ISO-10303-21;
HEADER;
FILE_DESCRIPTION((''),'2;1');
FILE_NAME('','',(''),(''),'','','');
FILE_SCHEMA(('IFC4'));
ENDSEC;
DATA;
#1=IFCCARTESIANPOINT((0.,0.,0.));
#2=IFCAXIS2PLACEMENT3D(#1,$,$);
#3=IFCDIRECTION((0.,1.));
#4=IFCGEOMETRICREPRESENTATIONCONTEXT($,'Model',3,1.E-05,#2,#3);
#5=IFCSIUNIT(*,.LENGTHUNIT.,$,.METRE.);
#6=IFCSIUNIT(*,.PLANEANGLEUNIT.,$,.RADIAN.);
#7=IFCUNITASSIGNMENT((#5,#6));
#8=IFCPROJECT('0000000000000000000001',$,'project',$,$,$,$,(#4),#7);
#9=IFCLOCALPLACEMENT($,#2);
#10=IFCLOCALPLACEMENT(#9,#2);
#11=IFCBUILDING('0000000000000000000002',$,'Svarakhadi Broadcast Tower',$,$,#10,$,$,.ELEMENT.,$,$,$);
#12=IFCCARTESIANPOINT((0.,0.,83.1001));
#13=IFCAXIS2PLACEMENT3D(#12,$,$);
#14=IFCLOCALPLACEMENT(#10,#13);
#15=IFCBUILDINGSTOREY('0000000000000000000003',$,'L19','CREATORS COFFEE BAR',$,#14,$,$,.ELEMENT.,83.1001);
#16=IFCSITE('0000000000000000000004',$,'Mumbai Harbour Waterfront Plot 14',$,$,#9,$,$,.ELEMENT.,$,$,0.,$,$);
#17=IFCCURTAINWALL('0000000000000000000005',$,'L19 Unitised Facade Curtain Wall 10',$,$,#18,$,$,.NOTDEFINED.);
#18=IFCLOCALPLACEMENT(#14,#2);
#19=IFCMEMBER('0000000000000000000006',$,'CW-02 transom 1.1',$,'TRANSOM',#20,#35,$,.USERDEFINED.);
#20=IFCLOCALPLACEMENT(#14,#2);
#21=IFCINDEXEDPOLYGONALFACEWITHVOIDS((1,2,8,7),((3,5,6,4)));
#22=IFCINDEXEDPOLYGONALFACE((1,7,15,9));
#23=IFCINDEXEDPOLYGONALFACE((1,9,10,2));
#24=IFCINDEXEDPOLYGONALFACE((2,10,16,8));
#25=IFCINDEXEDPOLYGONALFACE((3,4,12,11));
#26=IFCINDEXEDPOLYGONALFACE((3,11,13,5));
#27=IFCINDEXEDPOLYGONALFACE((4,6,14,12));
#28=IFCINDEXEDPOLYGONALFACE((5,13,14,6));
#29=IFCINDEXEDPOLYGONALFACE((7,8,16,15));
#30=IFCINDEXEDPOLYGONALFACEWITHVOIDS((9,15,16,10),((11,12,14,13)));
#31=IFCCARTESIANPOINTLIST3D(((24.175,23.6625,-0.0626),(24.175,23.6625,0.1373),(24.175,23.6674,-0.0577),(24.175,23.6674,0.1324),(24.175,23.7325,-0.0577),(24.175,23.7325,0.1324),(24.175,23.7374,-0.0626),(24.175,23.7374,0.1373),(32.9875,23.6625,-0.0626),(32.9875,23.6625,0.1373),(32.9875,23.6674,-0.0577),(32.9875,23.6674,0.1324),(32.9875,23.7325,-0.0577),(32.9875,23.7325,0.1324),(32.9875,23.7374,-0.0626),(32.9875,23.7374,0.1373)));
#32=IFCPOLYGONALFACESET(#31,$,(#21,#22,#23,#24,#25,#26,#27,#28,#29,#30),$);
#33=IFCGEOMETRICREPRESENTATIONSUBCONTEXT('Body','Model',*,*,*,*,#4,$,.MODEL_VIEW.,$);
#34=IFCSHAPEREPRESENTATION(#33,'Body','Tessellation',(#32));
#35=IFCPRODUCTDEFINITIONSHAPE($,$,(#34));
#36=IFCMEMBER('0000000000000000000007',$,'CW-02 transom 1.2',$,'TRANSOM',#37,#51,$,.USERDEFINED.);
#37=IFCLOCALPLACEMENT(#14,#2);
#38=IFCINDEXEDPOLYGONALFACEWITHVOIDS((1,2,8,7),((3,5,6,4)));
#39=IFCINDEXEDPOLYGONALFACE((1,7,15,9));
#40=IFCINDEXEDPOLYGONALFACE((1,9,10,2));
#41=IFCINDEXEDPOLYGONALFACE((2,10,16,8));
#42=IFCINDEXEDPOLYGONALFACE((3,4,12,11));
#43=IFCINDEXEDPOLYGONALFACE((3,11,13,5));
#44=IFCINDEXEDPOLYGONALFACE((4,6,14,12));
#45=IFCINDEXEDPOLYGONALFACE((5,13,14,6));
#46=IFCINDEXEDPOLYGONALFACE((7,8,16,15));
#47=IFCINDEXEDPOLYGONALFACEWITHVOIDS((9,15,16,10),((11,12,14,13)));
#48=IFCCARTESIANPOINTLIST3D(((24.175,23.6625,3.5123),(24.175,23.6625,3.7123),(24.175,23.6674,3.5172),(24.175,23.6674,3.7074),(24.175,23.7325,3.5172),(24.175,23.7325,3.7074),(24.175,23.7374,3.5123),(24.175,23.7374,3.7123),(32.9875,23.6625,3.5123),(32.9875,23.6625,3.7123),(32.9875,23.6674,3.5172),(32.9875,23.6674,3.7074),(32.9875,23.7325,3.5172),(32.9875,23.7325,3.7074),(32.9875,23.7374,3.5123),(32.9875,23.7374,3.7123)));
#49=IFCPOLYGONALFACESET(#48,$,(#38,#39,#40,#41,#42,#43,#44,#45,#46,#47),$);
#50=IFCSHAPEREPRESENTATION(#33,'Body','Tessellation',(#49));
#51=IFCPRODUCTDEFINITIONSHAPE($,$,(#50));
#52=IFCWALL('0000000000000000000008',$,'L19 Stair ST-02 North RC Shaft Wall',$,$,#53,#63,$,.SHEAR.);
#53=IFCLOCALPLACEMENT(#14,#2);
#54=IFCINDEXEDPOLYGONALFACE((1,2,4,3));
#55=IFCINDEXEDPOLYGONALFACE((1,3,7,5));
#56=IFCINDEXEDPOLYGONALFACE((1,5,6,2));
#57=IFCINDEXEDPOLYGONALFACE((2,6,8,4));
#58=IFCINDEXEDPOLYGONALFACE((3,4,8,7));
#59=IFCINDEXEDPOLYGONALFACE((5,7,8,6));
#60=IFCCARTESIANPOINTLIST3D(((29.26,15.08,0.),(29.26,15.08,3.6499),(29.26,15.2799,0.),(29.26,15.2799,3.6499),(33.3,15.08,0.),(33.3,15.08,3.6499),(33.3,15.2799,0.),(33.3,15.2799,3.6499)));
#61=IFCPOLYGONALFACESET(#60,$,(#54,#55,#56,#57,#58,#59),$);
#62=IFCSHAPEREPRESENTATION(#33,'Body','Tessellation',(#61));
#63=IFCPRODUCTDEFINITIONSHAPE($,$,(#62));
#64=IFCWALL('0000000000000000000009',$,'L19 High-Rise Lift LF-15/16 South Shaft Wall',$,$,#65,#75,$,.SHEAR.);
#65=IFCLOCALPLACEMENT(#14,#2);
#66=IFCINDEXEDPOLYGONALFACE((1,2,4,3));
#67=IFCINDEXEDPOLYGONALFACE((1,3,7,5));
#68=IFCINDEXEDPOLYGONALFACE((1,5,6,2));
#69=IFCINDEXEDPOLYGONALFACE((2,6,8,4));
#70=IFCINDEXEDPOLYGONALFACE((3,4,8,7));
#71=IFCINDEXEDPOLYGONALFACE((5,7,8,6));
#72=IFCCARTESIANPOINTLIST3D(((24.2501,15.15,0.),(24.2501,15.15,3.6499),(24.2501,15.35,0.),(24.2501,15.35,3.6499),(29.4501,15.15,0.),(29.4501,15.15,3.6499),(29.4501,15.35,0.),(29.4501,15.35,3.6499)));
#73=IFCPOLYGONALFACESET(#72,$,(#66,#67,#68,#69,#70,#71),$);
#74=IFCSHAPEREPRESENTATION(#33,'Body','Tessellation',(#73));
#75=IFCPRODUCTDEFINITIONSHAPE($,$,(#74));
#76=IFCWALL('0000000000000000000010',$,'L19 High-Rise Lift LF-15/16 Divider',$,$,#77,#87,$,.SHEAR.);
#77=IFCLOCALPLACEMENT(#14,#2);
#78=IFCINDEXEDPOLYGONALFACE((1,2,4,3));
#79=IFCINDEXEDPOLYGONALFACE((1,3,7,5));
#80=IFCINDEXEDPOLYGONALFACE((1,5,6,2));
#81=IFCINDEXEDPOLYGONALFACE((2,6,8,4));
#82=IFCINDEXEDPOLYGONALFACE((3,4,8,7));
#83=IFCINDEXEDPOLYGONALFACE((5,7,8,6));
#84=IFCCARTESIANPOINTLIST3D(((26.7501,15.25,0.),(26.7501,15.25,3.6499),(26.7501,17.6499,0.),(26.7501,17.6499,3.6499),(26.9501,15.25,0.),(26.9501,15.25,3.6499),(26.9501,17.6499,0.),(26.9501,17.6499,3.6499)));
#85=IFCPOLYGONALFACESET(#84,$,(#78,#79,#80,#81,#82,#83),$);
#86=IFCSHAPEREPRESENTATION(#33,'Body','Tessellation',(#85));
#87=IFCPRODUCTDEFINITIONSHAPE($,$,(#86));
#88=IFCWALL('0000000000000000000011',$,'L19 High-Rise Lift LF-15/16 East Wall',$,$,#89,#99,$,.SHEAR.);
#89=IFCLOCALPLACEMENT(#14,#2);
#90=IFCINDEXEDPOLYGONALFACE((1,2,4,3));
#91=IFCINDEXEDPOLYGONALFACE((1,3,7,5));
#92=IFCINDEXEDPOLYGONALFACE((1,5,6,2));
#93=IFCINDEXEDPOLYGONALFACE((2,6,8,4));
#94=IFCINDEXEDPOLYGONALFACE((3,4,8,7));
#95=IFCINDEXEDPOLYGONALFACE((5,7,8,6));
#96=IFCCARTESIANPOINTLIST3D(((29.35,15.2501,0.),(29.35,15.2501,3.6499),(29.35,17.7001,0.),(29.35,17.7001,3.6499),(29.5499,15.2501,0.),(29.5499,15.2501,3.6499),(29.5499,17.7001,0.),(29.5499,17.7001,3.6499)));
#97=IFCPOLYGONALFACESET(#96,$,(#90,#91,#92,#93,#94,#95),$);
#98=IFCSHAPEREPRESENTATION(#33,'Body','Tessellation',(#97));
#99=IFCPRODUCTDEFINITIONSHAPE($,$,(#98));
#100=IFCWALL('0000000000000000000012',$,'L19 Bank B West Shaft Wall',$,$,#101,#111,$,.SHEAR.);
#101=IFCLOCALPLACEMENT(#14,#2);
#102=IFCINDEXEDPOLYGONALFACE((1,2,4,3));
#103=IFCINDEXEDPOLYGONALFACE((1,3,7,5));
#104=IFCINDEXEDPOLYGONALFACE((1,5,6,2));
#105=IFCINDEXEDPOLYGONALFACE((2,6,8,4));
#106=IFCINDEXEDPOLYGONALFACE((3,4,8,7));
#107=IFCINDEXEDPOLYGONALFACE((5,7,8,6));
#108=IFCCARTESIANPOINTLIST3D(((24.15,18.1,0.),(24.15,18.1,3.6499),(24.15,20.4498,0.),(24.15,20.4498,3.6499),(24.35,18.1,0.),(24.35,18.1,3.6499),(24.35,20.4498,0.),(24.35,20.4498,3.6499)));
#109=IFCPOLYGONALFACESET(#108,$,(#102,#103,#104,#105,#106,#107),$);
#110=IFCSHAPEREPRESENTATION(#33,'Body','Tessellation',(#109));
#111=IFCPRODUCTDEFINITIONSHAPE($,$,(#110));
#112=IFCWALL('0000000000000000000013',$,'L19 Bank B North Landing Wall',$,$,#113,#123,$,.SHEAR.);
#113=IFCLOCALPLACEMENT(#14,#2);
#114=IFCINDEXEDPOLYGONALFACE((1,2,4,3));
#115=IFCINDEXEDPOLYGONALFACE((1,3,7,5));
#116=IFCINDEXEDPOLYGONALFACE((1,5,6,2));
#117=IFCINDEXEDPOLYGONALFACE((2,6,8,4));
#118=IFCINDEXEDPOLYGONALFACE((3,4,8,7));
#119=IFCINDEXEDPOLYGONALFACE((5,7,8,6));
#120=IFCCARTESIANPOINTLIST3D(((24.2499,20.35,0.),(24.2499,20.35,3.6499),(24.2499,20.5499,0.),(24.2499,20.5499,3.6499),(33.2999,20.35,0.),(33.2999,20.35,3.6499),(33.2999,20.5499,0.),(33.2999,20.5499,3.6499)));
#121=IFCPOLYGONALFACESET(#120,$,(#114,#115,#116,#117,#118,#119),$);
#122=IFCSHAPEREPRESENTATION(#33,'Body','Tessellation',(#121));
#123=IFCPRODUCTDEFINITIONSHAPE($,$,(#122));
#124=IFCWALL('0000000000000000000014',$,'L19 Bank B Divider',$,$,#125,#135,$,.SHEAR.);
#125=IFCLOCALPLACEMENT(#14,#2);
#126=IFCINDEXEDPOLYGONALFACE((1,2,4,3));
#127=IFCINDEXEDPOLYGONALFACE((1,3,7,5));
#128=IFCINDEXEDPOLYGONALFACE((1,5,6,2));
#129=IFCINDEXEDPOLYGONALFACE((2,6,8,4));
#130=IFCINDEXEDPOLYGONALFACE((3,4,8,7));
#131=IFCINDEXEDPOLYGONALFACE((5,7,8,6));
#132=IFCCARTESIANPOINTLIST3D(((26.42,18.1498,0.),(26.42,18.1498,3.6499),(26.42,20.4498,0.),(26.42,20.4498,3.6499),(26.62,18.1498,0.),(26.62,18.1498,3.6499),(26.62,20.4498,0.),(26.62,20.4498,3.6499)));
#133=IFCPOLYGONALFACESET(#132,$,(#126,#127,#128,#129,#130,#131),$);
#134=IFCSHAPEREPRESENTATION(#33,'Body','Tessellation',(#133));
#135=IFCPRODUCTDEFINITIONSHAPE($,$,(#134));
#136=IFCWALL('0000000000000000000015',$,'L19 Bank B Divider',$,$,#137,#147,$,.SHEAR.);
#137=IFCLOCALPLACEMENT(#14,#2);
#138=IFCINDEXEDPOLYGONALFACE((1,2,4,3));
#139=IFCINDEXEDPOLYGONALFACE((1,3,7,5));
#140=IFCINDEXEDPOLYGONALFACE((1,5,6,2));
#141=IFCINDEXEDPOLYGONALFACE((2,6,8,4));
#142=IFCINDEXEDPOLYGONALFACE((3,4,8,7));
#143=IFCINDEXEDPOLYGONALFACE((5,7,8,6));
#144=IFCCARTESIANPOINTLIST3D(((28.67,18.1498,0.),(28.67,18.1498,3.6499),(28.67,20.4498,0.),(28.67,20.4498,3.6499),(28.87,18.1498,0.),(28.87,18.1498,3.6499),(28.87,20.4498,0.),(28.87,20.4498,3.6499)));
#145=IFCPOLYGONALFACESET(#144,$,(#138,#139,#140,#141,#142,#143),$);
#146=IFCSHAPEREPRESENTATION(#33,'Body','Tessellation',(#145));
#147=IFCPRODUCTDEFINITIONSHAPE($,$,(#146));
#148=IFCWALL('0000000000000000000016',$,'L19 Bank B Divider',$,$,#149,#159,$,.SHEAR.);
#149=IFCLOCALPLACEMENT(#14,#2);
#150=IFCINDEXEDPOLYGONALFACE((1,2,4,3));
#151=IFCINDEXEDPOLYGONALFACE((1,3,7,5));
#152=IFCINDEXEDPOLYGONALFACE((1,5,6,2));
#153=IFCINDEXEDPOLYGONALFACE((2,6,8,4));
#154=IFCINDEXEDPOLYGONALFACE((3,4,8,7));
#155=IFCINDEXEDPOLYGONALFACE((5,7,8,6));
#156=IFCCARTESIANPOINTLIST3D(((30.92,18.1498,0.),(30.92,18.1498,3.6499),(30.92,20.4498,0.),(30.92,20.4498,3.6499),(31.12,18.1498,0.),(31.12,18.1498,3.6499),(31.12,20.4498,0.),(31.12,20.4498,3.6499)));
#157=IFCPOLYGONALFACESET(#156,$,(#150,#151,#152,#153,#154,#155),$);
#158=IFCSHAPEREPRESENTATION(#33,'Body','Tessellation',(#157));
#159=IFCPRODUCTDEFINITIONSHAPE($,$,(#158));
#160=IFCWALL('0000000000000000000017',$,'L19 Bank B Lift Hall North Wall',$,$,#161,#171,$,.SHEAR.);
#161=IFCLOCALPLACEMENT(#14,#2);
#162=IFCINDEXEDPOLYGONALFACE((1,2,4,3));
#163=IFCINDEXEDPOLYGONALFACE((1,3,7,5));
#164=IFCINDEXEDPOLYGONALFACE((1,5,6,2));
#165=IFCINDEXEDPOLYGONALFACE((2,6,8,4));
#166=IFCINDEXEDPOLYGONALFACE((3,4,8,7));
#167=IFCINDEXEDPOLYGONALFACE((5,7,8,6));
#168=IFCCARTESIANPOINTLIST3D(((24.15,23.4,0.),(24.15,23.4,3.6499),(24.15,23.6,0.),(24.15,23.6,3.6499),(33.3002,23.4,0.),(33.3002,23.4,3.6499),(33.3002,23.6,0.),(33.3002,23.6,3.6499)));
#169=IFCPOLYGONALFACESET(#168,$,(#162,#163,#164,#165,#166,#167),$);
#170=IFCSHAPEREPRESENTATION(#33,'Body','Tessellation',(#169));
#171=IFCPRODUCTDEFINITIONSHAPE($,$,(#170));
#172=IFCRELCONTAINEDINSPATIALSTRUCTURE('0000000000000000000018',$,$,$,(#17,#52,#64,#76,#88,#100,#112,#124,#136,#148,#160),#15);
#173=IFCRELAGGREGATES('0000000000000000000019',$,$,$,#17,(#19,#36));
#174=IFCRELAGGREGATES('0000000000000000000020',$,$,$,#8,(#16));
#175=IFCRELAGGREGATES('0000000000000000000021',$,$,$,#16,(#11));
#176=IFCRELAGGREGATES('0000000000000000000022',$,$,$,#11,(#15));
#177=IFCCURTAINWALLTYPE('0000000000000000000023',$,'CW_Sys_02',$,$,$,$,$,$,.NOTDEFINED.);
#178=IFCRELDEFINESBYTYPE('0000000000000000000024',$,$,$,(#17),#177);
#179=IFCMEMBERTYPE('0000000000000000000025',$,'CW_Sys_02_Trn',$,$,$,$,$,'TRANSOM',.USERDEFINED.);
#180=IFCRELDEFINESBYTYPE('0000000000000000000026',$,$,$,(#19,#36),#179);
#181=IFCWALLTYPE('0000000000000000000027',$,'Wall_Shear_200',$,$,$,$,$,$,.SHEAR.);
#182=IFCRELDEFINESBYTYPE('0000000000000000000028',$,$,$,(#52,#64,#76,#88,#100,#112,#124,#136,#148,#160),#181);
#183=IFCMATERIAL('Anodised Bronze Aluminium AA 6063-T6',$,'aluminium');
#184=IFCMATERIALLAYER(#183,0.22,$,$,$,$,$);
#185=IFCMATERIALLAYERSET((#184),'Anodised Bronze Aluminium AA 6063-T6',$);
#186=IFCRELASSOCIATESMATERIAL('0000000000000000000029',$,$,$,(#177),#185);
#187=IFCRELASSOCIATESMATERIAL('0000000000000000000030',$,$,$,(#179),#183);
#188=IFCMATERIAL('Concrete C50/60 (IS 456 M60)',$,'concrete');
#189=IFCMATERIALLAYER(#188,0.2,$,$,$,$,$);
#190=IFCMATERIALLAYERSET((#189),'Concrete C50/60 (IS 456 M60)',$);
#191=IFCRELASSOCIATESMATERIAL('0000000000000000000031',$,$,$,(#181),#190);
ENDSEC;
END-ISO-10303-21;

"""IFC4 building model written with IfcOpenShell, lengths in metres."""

from ifc_helpers import new_model, si_unit, direction, frame, frame_2d, origin, origin_2d, place, context, subcontext, project, spatial, rectangle, hollow_rectangle, extrude, material, layer, layer_set, material_profile, profile_set, type_object, element, aggregate, save


model = new_model("IFC4")

# Units and contexts
model_context = context("Model", 3, precision=1e-05, world=origin(), true_north=direction((0.0, 1.0)))
body_context = subcontext(model_context, "Body", "Model", "MODEL_VIEW")
ifc_project = project(units=[si_unit("LENGTHUNIT", "METRE"), si_unit("PLANEANGLEUNIT", "RADIAN")], contexts=[model_context])

# Site, building, storey
site_placement = place(None, origin())
site = spatial("IfcSite", under=ifc_project, at=site_placement, Name="Mumbai Harbour Waterfront Plot 14", CompositionType="ELEMENT", RefElevation=0.0)
building_placement = place(site_placement, origin())
building = spatial("IfcBuilding", under=site, at=building_placement, Name="Svarakhadi Broadcast Tower", CompositionType="ELEMENT")
storey_placement = place(building_placement, frame((0.0, 0.0, 83.1001)))
storey = spatial("IfcBuildingStorey", under=building, at=storey_placement, Name="L19", Description="CREATORS COFFEE BAR", CompositionType="ELEMENT", Elevation=83.1001)

# Curtain wall, members
ifc_material_1 = material(Name="Anodised Bronze Aluminium AA 6063-T6", Category="aluminium")
ifc_layer_1 = layer(ifc_material_1, 0.22)
ifc_layer_set_1 = layer_set([ifc_layer_1], Name="Anodised Bronze Aluminium AA 6063-T6")
curtain_wall_type = type_object("IfcCurtainWallType", Name="CW_Sys_02", PredefinedType="NOTDEFINED", material=ifc_layer_set_1)
curtain_wall_placement = place(storey_placement, origin())
curtain_wall = element("IfcCurtainWall", 1, at=curtain_wall_placement, inside=storey, type_object=curtain_wall_type, Name="L19 Unitised Facade Curtain Wall 10", PredefinedType="NOTDEFINED")
ifc_material_profile = material_profile(ifc_material_1, hollow_rectangle(XDim=0.075, YDim=0.2, WallThickness=0.0049, at=origin_2d()), Name="ALU TRANSOM 200x75x5")
ifc_profile_set = profile_set([ifc_material_profile], Name="Anodised Bronze Aluminium AA 6063-T6")
member_type = type_object("IfcMemberType", Name="CW_Sys_02_Trn", ElementType="TRANSOM", PredefinedType="USERDEFINED", material=ifc_profile_set)
member_1_placement = place(storey_placement, frame((24.175, 23.7, 0.0374), z_axis=(1.0, 0.0, 0.0), x_axis=(0.0, 1.0, 0.0)))
member_1 = element("IfcMember", 2, at=member_1_placement, type_object=member_type, Name="CW-02 transom 1.1", ObjectType="TRANSOM", PredefinedType="USERDEFINED", context=body_context, shape_type="SweptSolid", body=[
    extrude(hollow_rectangle(XDim=0.075, YDim=0.2, WallThickness=0.0049, at=origin_2d()), origin(), (0.0, 0.0, 1.0), 8.8125),
])
member_2_placement = place(storey_placement, frame((24.175, 23.7, 3.6123), z_axis=(1.0, 0.0, 0.0), x_axis=(0.0, 1.0, 0.0)))
member_2 = element("IfcMember", 3, at=member_2_placement, type_object=member_type, Name="CW-02 transom 1.2", ObjectType="TRANSOM", PredefinedType="USERDEFINED", context=body_context, shape_type="SweptSolid", body=[
    extrude(hollow_rectangle(XDim=0.075, YDim=0.2, WallThickness=0.0049, at=origin_2d()), origin(), (0.0, 0.0, 1.0), 8.8125),
])
aggregate(curtain_wall, [member_1, member_2])

# Wall
ifc_material_2 = material(Name="Concrete C50/60 (IS 456 M60)", Category="concrete")
ifc_layer_2 = layer(ifc_material_2, 0.2)
ifc_layer_set_2 = layer_set([ifc_layer_2], Name="Concrete C50/60 (IS 456 M60)")
wall_type_1 = type_object("IfcWallType", Name="Wall_Shear_200", PredefinedType="SHEAR", material=ifc_layer_set_2)
wall_1_placement = place(storey_placement, frame((29.26, 15.1799, 0.0), z_axis=(0.0, 0.0, 1.0), x_axis=(1.0, 0.0, 0.0)))
element("IfcWall", 4, at=wall_1_placement, inside=storey, type_object=wall_type_1, Name="L19 Stair ST-02 North RC Shaft Wall", PredefinedType="SHEAR", context=body_context, shape_type="SweptSolid", body=[
    extrude(rectangle(XDim=4.04, YDim=0.2, at=frame_2d((2.02, 0.0))), origin(), (0.0, 0.0, 1.0), 3.6499),
])

# Walls
wall_2_placement = place(storey_placement, frame((24.25, 15.25, 0.0), z_axis=(0.0, 0.0, 1.0), x_axis=(1.0, 0.0, 0.0)))
element("IfcWall", 5, at=wall_2_placement, inside=storey, type_object=wall_type_1, Name="L19 High-Rise Lift LF-15/16 South Shaft Wall", PredefinedType="SHEAR", context=body_context, shape_type="SweptSolid", body=[
    extrude(rectangle(XDim=5.2, YDim=0.2, at=frame_2d((2.6001, 0.0))), origin(), (0.0, 0.0, 1.0), 3.6499),
])
wall_3_placement = place(storey_placement, frame((26.8501, 15.25, 0.0), z_axis=(0.0, 0.0, 1.0), x_axis=(0.0, 1.0, 0.0)))
element("IfcWall", 6, at=wall_3_placement, inside=storey, type_object=wall_type_1, Name="L19 High-Rise Lift LF-15/16 Divider", PredefinedType="SHEAR", context=body_context, shape_type="SweptSolid", body=[
    extrude(rectangle(XDim=2.3999, YDim=0.2, at=frame_2d((1.2, 0.0))), origin(), (0.0, 0.0, 1.0), 3.6499),
])
wall_4_placement = place(storey_placement, frame((29.45, 15.25, 0.0), z_axis=(0.0, 0.0, 1.0), x_axis=(0.0, 1.0, 0.0)))
element("IfcWall", 7, at=wall_4_placement, inside=storey, type_object=wall_type_1, Name="L19 High-Rise Lift LF-15/16 East Wall", PredefinedType="SHEAR", context=body_context, shape_type="SweptSolid", body=[
    extrude(rectangle(XDim=2.45, YDim=0.2, at=frame_2d((1.2251, 0.0))), origin(), (0.0, 0.0, 1.0), 3.6499),
])
wall_5_placement = place(storey_placement, frame((24.25, 18.1001, 0.0), z_axis=(0.0, 0.0, 1.0), x_axis=(0.0, 1.0, 0.0)))
element("IfcWall", 8, at=wall_5_placement, inside=storey, type_object=wall_type_1, Name="L19 Bank B West Shaft Wall", PredefinedType="SHEAR", context=body_context, shape_type="SweptSolid", body=[
    extrude(rectangle(XDim=2.3499, YDim=0.2, at=frame_2d((1.1748, 0.0))), origin(), (0.0, 0.0, 1.0), 3.6499),
])
wall_6_placement = place(storey_placement, frame((24.25, 20.45, 0.0), z_axis=(0.0, 0.0, 1.0), x_axis=(1.0, 0.0, 0.0)))
element("IfcWall", 9, at=wall_6_placement, inside=storey, type_object=wall_type_1, Name="L19 Bank B North Landing Wall", PredefinedType="SHEAR", context=body_context, shape_type="SweptSolid", body=[
    extrude(rectangle(XDim=9.05, YDim=0.2, at=frame_2d((4.5249, 0.0))), origin(), (0.0, 0.0, 1.0), 3.6499),
])
for number, where, z_axis, x_axis, name in (
    (10, (26.52, 18.1499, 0.0), (0.0, 0.0, 1.0), (0.0, 1.0, 0.0), "L19 Bank B Divider"),
    (11, (28.77, 18.1499, 0.0), (0.0, 0.0, 1.0), (0.0, 1.0, 0.0), "L19 Bank B Divider"),
    (12, (31.02, 18.1499, 0.0), (0.0, 0.0, 1.0), (0.0, 1.0, 0.0), "L19 Bank B Divider"),
):
    element("IfcWall", number, at=place(storey_placement, frame(where, z_axis=z_axis, x_axis=x_axis)), inside=storey, type_object=wall_type_1, Name=name, PredefinedType="SHEAR", context=body_context, shape_type="SweptSolid", body=[
        extrude(rectangle(XDim=2.3, YDim=0.2, at=frame_2d((1.1499, 0.0))), origin(), (0.0, 0.0, 1.0), 3.6499),
    ])
wall_7_placement = place(storey_placement, frame((24.1499, 23.5, 0.0), z_axis=(0.0, 0.0, 1.0), x_axis=(1.0, 0.0, 0.0)))
element("IfcWall", 13, at=wall_7_placement, inside=storey, type_object=wall_type_1, Name="L19 Bank B Lift Hall North Wall", PredefinedType="SHEAR", context=body_context, shape_type="SweptSolid", body=[
    extrude(rectangle(XDim=9.1501, YDim=0.2, at=frame_2d((4.5752, 0.0))), origin(), (0.0, 0.0, 1.0), 3.6499),
])

save(model, "model.ifc")
